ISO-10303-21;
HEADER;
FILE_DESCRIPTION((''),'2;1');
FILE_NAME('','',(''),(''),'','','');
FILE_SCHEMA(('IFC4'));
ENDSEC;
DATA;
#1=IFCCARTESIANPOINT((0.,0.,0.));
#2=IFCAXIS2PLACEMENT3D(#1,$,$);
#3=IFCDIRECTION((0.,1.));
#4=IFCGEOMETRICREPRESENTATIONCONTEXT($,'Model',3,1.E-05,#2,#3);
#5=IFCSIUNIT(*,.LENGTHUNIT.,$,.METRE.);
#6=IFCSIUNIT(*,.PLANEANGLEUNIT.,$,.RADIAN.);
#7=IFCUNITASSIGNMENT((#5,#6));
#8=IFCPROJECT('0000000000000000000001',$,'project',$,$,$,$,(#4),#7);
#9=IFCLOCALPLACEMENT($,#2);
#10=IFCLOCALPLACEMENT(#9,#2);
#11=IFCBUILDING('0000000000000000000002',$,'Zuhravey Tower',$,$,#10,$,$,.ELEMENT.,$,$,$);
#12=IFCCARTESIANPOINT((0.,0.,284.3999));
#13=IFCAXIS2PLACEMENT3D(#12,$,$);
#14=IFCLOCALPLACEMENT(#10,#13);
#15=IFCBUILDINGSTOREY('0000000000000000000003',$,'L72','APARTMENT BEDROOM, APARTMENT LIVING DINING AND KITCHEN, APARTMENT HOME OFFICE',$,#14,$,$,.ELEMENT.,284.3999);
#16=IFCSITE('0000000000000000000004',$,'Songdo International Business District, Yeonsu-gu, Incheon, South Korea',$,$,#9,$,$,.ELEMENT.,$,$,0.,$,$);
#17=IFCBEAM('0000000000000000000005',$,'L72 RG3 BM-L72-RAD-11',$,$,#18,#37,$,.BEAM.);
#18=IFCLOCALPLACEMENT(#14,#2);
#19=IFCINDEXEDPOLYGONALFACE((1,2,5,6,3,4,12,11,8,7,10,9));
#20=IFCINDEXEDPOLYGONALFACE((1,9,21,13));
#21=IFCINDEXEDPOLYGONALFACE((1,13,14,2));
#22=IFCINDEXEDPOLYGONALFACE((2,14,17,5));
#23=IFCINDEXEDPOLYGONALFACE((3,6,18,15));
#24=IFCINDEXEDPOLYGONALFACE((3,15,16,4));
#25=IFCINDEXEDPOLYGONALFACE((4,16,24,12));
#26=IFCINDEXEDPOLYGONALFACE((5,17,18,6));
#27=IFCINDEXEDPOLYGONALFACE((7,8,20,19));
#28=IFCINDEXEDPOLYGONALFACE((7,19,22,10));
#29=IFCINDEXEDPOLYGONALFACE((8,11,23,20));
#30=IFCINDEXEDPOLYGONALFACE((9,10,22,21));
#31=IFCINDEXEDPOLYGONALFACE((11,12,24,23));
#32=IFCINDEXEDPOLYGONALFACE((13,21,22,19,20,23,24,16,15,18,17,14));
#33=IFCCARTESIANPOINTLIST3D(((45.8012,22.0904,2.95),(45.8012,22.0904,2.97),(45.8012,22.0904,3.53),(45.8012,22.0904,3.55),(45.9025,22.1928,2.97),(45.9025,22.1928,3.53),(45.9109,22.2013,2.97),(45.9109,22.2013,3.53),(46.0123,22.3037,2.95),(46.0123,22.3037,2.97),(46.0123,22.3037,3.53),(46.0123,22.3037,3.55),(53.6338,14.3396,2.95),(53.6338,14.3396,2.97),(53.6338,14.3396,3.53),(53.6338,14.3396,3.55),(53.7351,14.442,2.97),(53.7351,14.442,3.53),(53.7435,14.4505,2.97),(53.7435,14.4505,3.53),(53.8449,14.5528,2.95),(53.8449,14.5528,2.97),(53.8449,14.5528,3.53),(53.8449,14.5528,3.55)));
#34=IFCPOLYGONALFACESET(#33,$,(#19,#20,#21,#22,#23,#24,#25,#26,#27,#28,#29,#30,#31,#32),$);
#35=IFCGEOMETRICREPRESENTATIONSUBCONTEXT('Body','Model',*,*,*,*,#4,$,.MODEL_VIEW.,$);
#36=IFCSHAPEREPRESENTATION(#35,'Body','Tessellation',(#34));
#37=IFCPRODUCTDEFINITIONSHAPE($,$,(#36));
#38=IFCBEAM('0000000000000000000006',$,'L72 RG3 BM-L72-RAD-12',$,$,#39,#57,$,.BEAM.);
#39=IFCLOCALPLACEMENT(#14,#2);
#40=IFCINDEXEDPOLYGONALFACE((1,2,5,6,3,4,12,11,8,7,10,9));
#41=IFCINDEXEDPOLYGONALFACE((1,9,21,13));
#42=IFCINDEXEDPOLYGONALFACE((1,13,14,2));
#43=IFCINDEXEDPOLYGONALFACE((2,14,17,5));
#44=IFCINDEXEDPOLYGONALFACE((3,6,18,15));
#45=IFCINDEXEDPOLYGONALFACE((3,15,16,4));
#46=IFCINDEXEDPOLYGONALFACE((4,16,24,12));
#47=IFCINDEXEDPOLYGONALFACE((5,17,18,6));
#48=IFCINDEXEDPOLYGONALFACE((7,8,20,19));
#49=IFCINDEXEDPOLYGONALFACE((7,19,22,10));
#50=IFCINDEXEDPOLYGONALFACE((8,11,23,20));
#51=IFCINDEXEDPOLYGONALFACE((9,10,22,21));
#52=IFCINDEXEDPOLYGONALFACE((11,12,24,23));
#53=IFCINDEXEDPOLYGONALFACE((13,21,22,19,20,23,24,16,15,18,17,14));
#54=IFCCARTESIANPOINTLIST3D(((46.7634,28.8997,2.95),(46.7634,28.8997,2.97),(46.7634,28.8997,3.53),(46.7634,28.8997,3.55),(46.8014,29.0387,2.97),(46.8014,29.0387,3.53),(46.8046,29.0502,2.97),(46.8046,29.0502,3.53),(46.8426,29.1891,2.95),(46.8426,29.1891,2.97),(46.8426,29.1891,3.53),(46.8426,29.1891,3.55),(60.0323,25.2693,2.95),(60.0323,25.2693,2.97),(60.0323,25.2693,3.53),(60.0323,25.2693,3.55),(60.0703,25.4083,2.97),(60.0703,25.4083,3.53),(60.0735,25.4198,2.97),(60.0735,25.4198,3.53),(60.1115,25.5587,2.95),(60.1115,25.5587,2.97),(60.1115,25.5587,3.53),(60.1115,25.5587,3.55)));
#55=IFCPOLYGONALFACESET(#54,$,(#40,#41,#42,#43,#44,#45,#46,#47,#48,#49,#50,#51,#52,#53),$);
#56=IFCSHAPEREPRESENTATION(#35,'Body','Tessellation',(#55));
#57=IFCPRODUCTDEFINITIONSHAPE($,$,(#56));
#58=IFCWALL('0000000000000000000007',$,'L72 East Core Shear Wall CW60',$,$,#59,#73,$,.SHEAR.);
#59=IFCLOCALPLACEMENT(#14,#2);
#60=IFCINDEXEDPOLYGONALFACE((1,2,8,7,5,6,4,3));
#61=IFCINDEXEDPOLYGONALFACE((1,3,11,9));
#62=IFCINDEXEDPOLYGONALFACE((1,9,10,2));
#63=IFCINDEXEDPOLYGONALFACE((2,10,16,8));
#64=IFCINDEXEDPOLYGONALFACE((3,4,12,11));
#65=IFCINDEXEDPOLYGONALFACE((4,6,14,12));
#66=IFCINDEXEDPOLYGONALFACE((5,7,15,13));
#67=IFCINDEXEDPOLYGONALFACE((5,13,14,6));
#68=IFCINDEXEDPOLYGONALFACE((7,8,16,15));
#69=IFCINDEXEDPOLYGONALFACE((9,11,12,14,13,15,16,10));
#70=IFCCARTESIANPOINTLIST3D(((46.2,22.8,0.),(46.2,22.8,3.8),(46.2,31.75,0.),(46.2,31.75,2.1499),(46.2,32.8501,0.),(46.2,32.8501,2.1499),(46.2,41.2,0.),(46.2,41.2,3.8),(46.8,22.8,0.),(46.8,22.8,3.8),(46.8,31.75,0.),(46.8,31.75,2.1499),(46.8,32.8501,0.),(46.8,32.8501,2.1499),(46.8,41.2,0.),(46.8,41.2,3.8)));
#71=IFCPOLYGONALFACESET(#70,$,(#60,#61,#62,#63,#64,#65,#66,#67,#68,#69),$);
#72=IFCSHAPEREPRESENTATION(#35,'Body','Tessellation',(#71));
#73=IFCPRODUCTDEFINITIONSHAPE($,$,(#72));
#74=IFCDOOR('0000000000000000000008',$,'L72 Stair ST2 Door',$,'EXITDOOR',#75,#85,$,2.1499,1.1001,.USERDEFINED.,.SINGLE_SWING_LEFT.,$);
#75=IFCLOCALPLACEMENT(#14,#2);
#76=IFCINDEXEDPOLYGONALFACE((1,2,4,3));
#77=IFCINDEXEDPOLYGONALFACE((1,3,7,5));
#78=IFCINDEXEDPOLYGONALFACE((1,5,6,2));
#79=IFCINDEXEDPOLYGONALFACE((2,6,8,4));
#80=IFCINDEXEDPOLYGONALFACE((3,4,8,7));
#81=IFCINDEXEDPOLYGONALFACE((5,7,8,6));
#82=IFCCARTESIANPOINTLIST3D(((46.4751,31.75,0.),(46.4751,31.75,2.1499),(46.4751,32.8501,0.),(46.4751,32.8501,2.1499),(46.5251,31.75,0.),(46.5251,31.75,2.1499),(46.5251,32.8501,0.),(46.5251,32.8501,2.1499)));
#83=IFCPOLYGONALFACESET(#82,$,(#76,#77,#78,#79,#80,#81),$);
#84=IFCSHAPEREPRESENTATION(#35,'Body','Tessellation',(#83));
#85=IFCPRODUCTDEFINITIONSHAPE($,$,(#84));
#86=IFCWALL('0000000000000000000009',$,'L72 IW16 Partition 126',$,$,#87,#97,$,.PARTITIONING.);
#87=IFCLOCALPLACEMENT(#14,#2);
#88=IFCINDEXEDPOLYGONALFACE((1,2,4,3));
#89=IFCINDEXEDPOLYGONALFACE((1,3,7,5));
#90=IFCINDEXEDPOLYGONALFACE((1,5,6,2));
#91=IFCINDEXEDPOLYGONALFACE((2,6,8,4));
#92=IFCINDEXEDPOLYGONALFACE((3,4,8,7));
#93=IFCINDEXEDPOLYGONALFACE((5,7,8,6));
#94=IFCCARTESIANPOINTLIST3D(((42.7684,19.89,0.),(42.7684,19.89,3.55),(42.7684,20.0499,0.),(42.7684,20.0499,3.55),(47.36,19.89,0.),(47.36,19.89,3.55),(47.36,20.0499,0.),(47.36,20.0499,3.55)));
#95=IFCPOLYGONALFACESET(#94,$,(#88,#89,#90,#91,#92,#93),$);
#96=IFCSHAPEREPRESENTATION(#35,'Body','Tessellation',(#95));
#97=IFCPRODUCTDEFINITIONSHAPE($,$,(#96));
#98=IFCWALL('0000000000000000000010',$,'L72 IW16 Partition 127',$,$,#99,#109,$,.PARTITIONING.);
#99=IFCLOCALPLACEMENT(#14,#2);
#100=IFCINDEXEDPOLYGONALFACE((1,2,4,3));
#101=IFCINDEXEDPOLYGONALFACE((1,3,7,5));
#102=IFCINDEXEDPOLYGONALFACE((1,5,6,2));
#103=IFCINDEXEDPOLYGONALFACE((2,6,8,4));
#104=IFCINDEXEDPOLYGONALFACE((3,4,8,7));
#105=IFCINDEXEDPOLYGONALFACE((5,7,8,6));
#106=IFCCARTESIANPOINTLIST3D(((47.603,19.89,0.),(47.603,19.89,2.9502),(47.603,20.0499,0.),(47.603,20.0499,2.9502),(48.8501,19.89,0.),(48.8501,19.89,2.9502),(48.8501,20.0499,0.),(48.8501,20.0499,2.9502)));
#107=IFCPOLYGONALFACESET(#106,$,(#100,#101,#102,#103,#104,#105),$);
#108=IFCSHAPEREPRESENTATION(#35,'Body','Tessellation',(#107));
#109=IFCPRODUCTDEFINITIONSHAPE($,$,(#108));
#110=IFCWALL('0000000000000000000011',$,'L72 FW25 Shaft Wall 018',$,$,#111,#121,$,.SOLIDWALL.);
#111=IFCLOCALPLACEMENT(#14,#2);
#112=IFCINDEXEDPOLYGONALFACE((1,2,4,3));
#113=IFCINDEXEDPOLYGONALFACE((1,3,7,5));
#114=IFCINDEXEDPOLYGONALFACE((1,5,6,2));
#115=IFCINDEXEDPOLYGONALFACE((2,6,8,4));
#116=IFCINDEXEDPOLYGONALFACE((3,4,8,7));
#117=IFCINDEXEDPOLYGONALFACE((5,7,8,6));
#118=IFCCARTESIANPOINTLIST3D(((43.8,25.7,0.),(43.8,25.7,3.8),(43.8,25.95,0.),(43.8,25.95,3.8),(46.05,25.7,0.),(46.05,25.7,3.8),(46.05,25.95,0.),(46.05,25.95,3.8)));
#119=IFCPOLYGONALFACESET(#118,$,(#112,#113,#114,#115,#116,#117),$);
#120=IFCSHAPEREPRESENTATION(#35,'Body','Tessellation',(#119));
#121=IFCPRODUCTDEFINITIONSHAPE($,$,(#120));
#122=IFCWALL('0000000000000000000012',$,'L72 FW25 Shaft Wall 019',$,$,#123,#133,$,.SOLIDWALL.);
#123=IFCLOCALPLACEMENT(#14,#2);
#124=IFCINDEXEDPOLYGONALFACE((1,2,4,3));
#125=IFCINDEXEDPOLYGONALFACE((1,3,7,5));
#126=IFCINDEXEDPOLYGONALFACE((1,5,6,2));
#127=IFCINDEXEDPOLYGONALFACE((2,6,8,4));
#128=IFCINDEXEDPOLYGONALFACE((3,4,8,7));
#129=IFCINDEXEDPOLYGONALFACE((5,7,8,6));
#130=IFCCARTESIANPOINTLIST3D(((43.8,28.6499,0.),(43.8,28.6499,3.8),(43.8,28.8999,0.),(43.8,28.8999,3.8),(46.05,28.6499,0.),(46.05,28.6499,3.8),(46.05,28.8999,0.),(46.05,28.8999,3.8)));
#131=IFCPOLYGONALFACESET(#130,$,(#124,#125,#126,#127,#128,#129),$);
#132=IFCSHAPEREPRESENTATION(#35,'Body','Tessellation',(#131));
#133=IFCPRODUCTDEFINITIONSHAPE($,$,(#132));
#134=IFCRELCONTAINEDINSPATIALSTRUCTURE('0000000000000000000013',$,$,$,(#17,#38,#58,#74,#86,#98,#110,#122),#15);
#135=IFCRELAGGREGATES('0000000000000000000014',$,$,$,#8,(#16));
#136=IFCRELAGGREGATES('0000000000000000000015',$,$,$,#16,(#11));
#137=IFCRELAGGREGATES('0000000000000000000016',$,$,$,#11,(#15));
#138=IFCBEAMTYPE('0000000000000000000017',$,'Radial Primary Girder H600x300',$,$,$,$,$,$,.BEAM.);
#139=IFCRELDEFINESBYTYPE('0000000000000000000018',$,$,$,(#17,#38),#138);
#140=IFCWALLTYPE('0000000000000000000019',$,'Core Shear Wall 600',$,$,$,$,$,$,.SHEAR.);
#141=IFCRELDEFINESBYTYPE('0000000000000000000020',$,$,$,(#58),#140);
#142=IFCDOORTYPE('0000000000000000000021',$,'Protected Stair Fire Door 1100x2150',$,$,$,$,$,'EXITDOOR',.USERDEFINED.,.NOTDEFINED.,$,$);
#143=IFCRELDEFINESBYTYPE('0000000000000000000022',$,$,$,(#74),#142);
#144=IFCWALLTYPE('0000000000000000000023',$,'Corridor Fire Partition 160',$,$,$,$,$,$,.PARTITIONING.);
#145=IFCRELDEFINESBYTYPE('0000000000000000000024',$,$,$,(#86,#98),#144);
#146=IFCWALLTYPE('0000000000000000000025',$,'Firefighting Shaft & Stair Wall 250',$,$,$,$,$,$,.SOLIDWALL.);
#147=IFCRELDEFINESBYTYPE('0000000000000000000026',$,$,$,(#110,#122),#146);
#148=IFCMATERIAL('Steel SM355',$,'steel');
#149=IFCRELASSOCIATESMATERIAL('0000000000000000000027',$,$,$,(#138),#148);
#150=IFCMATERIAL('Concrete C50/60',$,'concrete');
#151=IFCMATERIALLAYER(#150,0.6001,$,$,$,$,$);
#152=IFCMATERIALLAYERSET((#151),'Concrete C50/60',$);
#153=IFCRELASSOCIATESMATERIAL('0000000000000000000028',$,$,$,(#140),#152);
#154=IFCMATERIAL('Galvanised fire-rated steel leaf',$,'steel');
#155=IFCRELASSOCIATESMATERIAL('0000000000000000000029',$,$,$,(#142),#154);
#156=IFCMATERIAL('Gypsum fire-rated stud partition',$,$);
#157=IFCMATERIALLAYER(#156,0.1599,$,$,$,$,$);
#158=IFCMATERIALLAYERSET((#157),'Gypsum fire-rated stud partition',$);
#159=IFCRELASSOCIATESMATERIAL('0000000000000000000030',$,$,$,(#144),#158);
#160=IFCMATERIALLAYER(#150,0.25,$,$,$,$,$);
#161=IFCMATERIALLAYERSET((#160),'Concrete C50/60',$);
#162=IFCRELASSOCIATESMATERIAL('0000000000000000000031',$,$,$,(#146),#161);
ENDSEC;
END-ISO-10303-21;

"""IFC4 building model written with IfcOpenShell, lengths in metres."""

from ifc_helpers import new_model, si_unit, direction, frame, frame_2d, origin, origin_2d, place, context, subcontext, project, spatial, rectangle, i_section, extrude, material, layer, layer_set, material_profile, profile_set, type_object, element, fill, save


model = new_model("IFC4")

# Units and contexts
model_context = context("Model", 3, precision=1e-05, world=origin(), true_north=direction((0.0, 1.0)))
body_context = subcontext(model_context, "Body", "Model", "MODEL_VIEW")
ifc_project = project(units=[si_unit("LENGTHUNIT", "METRE"), si_unit("PLANEANGLEUNIT", "RADIAN")], contexts=[model_context])

# Site, building, storey
site_placement = place(None, origin())
site = spatial("IfcSite", under=ifc_project, at=site_placement, Name="Songdo International Business District, Yeonsu-gu, Incheon, South Korea", CompositionType="ELEMENT", RefElevation=0.0)
building_placement = place(site_placement, origin())
building = spatial("IfcBuilding", under=site, at=building_placement, Name="Zuhravey Tower", CompositionType="ELEMENT")
storey_placement = place(building_placement, frame((0.0, 0.0, 284.3999)))
storey = spatial("IfcBuildingStorey", under=building, at=storey_placement, Name="L72", Description="APARTMENT BEDROOM, APARTMENT LIVING DINING AND KITCHEN, APARTMENT HOME OFFICE", CompositionType="ELEMENT", Elevation=284.3999)

# Beams
ifc_material_1 = material(Name="Steel SM355", Category="steel")
ifc_material_profile = material_profile(ifc_material_1, i_section(OverallWidth=0.3, OverallDepth=0.6001, WebThickness=0.012, FlangeThickness=0.02, at=origin_2d()), Name="H-600x300x12x20")
ifc_profile_set = profile_set([ifc_material_profile], Name="Steel SM355")
beam_type = type_object("IfcBeamType", Name="Radial Primary Girder H600x300", PredefinedType="BEAM", material=ifc_profile_set)
beam_1_placement = place(storey_placement, frame((45.9067, 22.197, 3.25), z_axis=(0.710808, -0.703386, 0.0), x_axis=(0.703386, 0.710808, 0.0)))
element("IfcBeam", 1, at=beam_1_placement, inside=storey, type_object=beam_type, Name="L72 RG3 BM-L72-RAD-11", PredefinedType="BEAM", context=body_context, shape_type="SweptSolid", body=[
    extrude(i_section(OverallWidth=0.3, OverallDepth=0.6001, WebThickness=0.012, FlangeThickness=0.02, at=origin_2d()), origin(), (0.0, 0.0, 1.0), 11.0193),
])
beam_2_placement = place(storey_placement, frame((46.803, 29.0444, 3.25), z_axis=(0.964549, -0.263903, 0.0), x_axis=(0.263903, 0.964549, 0.0)))
element("IfcBeam", 2, at=beam_2_placement, inside=storey, type_object=beam_type, Name="L72 RG3 BM-L72-RAD-12", PredefinedType="BEAM", context=body_context, shape_type="SweptSolid", body=[
    extrude(i_section(OverallWidth=0.3, OverallDepth=0.6001, WebThickness=0.012, FlangeThickness=0.02, at=origin_2d()), origin(), (0.0, 0.0, 1.0), 13.7566),
])

# Wall, opening, door
ifc_material_2 = material(Name="Concrete C50/60", Category="concrete")
ifc_layer_1 = layer(ifc_material_2, 0.6001)
ifc_layer_set_1 = layer_set([ifc_layer_1], Name="Concrete C50/60")
wall_type_1 = type_object("IfcWallType", Name="Core Shear Wall 600", PredefinedType="SHEAR", material=ifc_layer_set_1)
wall_1_placement = place(storey_placement, frame((46.5, 22.8, 0.0), z_axis=(0.0, 0.0, 1.0), x_axis=(0.0, 1.0, 0.0)))
wall_1 = element("IfcWall", 3, at=wall_1_placement, inside=storey, type_object=wall_type_1, Name="L72 East Core Shear Wall CW60", PredefinedType="SHEAR", context=body_context, shape_type="SweptSolid", body=[
    extrude(rectangle(XDim=18.3999, YDim=0.6001, at=frame_2d((9.2, 0.0))), origin(), (0.0, 0.0, 1.0), 3.8),
])
opening_1_placement = place(wall_1_placement, frame((8.95, 0.0, 0.0)))
opening_1 = element("IfcOpeningElement", 4, at=opening_1_placement, cuts=wall_1, PredefinedType="OPENING", context=body_context, shape_type="SweptSolid", body=[
    extrude(rectangle(XDim=1.1001, YDim=2.1499, at=frame_2d((0.55, 1.075))), frame((0.0, 0.312, 0.0), z_axis=(0.0, -1.0, 0.0), x_axis=(1.0, 0.0, 0.0)), (0.0, 0.0, 1.0), 0.624),
])
ifc_material_3 = material(Name="Galvanised fire-rated steel leaf", Category="steel")
door_type_1 = type_object("IfcDoorType", Name="Protected Stair Fire Door 1100x2150", ElementType="EXITDOOR", OperationType="NOTDEFINED", PredefinedType="USERDEFINED", material=ifc_material_3)
door_1_placement = place(opening_1_placement, origin())
door_1 = element("IfcDoor", 5, at=door_1_placement, inside=storey, type_object=door_type_1, Name="L72 Stair ST2 Door", ObjectType="EXITDOOR", OperationType="SINGLE_SWING_LEFT", OverallHeight=2.1499, OverallWidth=1.1001, PredefinedType="USERDEFINED", context=body_context, shape_type="SweptSolid", body=[
    extrude(rectangle(XDim=1.1001, YDim=2.1499, at=frame_2d((0.55, 1.075))), frame((0.0, 0.0249, 0.0), z_axis=(0.0, -1.0, 0.0), x_axis=(1.0, 0.0, 0.0)), (0.0, 0.0, 1.0), 0.05),
])
fill(opening_1, door_1)
ifc_material_4 = material(Name="Gypsum fire-rated stud partition")
ifc_layer_2 = layer(ifc_material_4, 0.1599)
ifc_layer_set_2 = layer_set([ifc_layer_2], Name="Gypsum fire-rated stud partition")
wall_type_2 = type_object("IfcWallType", Name="Corridor Fire Partition 160", PredefinedType="PARTITIONING", material=ifc_layer_set_2)

# Walls
wall_2_placement = place(storey_placement, frame((42.7683, 19.97, 0.0), z_axis=(0.0, 0.0, 1.0), x_axis=(1.0, 0.0, 0.0)))
element("IfcWall", 6, at=wall_2_placement, inside=storey, type_object=wall_type_2, Name="L72 IW16 Partition 126", PredefinedType="PARTITIONING", context=body_context, shape_type="SweptSolid", body=[
    extrude(rectangle(XDim=4.5916, YDim=0.1599, at=frame_2d((2.2959, 0.0))), origin(), (0.0, 0.0, 1.0), 3.55),
])
wall_3_placement = place(storey_placement, frame((47.603, 19.97, 0.0), z_axis=(0.0, 0.0, 1.0), x_axis=(1.0, 0.0, 0.0)))
element("IfcWall", 7, at=wall_3_placement, inside=storey, type_object=wall_type_2, Name="L72 IW16 Partition 127", PredefinedType="PARTITIONING", context=body_context, shape_type="SweptSolid", body=[
    extrude(rectangle(XDim=1.2471, YDim=0.1599, at=frame_2d((0.6235, 0.0))), origin(), (0.0, 0.0, 1.0), 2.9502),
])
ifc_layer_3 = layer(ifc_material_2, 0.25)
ifc_layer_set_3 = layer_set([ifc_layer_3], Name="Concrete C50/60")
wall_type_3 = type_object("IfcWallType", Name="Firefighting Shaft & Stair Wall 250", PredefinedType="SOLIDWALL", material=ifc_layer_set_3)
for number, where, z_axis, x_axis, name in (
    (8, (43.8, 25.825, 0.0), (0.0, 0.0, 1.0), (1.0, 0.0, 0.0), "L72 FW25 Shaft Wall 018"),
    (9, (43.8, 28.7749, 0.0), (0.0, 0.0, 1.0), (1.0, 0.0, 0.0), "L72 FW25 Shaft Wall 019"),
):
    element("IfcWall", number, at=place(storey_placement, frame(where, z_axis=z_axis, x_axis=x_axis)), inside=storey, type_object=wall_type_3, Name=name, PredefinedType="SOLIDWALL", context=body_context, shape_type="SweptSolid", body=[
        extrude(rectangle(XDim=2.25, YDim=0.25, at=frame_2d((1.125, 0.0))), origin(), (0.0, 0.0, 1.0), 3.8),
    ])

save(model, "model.ifc")
